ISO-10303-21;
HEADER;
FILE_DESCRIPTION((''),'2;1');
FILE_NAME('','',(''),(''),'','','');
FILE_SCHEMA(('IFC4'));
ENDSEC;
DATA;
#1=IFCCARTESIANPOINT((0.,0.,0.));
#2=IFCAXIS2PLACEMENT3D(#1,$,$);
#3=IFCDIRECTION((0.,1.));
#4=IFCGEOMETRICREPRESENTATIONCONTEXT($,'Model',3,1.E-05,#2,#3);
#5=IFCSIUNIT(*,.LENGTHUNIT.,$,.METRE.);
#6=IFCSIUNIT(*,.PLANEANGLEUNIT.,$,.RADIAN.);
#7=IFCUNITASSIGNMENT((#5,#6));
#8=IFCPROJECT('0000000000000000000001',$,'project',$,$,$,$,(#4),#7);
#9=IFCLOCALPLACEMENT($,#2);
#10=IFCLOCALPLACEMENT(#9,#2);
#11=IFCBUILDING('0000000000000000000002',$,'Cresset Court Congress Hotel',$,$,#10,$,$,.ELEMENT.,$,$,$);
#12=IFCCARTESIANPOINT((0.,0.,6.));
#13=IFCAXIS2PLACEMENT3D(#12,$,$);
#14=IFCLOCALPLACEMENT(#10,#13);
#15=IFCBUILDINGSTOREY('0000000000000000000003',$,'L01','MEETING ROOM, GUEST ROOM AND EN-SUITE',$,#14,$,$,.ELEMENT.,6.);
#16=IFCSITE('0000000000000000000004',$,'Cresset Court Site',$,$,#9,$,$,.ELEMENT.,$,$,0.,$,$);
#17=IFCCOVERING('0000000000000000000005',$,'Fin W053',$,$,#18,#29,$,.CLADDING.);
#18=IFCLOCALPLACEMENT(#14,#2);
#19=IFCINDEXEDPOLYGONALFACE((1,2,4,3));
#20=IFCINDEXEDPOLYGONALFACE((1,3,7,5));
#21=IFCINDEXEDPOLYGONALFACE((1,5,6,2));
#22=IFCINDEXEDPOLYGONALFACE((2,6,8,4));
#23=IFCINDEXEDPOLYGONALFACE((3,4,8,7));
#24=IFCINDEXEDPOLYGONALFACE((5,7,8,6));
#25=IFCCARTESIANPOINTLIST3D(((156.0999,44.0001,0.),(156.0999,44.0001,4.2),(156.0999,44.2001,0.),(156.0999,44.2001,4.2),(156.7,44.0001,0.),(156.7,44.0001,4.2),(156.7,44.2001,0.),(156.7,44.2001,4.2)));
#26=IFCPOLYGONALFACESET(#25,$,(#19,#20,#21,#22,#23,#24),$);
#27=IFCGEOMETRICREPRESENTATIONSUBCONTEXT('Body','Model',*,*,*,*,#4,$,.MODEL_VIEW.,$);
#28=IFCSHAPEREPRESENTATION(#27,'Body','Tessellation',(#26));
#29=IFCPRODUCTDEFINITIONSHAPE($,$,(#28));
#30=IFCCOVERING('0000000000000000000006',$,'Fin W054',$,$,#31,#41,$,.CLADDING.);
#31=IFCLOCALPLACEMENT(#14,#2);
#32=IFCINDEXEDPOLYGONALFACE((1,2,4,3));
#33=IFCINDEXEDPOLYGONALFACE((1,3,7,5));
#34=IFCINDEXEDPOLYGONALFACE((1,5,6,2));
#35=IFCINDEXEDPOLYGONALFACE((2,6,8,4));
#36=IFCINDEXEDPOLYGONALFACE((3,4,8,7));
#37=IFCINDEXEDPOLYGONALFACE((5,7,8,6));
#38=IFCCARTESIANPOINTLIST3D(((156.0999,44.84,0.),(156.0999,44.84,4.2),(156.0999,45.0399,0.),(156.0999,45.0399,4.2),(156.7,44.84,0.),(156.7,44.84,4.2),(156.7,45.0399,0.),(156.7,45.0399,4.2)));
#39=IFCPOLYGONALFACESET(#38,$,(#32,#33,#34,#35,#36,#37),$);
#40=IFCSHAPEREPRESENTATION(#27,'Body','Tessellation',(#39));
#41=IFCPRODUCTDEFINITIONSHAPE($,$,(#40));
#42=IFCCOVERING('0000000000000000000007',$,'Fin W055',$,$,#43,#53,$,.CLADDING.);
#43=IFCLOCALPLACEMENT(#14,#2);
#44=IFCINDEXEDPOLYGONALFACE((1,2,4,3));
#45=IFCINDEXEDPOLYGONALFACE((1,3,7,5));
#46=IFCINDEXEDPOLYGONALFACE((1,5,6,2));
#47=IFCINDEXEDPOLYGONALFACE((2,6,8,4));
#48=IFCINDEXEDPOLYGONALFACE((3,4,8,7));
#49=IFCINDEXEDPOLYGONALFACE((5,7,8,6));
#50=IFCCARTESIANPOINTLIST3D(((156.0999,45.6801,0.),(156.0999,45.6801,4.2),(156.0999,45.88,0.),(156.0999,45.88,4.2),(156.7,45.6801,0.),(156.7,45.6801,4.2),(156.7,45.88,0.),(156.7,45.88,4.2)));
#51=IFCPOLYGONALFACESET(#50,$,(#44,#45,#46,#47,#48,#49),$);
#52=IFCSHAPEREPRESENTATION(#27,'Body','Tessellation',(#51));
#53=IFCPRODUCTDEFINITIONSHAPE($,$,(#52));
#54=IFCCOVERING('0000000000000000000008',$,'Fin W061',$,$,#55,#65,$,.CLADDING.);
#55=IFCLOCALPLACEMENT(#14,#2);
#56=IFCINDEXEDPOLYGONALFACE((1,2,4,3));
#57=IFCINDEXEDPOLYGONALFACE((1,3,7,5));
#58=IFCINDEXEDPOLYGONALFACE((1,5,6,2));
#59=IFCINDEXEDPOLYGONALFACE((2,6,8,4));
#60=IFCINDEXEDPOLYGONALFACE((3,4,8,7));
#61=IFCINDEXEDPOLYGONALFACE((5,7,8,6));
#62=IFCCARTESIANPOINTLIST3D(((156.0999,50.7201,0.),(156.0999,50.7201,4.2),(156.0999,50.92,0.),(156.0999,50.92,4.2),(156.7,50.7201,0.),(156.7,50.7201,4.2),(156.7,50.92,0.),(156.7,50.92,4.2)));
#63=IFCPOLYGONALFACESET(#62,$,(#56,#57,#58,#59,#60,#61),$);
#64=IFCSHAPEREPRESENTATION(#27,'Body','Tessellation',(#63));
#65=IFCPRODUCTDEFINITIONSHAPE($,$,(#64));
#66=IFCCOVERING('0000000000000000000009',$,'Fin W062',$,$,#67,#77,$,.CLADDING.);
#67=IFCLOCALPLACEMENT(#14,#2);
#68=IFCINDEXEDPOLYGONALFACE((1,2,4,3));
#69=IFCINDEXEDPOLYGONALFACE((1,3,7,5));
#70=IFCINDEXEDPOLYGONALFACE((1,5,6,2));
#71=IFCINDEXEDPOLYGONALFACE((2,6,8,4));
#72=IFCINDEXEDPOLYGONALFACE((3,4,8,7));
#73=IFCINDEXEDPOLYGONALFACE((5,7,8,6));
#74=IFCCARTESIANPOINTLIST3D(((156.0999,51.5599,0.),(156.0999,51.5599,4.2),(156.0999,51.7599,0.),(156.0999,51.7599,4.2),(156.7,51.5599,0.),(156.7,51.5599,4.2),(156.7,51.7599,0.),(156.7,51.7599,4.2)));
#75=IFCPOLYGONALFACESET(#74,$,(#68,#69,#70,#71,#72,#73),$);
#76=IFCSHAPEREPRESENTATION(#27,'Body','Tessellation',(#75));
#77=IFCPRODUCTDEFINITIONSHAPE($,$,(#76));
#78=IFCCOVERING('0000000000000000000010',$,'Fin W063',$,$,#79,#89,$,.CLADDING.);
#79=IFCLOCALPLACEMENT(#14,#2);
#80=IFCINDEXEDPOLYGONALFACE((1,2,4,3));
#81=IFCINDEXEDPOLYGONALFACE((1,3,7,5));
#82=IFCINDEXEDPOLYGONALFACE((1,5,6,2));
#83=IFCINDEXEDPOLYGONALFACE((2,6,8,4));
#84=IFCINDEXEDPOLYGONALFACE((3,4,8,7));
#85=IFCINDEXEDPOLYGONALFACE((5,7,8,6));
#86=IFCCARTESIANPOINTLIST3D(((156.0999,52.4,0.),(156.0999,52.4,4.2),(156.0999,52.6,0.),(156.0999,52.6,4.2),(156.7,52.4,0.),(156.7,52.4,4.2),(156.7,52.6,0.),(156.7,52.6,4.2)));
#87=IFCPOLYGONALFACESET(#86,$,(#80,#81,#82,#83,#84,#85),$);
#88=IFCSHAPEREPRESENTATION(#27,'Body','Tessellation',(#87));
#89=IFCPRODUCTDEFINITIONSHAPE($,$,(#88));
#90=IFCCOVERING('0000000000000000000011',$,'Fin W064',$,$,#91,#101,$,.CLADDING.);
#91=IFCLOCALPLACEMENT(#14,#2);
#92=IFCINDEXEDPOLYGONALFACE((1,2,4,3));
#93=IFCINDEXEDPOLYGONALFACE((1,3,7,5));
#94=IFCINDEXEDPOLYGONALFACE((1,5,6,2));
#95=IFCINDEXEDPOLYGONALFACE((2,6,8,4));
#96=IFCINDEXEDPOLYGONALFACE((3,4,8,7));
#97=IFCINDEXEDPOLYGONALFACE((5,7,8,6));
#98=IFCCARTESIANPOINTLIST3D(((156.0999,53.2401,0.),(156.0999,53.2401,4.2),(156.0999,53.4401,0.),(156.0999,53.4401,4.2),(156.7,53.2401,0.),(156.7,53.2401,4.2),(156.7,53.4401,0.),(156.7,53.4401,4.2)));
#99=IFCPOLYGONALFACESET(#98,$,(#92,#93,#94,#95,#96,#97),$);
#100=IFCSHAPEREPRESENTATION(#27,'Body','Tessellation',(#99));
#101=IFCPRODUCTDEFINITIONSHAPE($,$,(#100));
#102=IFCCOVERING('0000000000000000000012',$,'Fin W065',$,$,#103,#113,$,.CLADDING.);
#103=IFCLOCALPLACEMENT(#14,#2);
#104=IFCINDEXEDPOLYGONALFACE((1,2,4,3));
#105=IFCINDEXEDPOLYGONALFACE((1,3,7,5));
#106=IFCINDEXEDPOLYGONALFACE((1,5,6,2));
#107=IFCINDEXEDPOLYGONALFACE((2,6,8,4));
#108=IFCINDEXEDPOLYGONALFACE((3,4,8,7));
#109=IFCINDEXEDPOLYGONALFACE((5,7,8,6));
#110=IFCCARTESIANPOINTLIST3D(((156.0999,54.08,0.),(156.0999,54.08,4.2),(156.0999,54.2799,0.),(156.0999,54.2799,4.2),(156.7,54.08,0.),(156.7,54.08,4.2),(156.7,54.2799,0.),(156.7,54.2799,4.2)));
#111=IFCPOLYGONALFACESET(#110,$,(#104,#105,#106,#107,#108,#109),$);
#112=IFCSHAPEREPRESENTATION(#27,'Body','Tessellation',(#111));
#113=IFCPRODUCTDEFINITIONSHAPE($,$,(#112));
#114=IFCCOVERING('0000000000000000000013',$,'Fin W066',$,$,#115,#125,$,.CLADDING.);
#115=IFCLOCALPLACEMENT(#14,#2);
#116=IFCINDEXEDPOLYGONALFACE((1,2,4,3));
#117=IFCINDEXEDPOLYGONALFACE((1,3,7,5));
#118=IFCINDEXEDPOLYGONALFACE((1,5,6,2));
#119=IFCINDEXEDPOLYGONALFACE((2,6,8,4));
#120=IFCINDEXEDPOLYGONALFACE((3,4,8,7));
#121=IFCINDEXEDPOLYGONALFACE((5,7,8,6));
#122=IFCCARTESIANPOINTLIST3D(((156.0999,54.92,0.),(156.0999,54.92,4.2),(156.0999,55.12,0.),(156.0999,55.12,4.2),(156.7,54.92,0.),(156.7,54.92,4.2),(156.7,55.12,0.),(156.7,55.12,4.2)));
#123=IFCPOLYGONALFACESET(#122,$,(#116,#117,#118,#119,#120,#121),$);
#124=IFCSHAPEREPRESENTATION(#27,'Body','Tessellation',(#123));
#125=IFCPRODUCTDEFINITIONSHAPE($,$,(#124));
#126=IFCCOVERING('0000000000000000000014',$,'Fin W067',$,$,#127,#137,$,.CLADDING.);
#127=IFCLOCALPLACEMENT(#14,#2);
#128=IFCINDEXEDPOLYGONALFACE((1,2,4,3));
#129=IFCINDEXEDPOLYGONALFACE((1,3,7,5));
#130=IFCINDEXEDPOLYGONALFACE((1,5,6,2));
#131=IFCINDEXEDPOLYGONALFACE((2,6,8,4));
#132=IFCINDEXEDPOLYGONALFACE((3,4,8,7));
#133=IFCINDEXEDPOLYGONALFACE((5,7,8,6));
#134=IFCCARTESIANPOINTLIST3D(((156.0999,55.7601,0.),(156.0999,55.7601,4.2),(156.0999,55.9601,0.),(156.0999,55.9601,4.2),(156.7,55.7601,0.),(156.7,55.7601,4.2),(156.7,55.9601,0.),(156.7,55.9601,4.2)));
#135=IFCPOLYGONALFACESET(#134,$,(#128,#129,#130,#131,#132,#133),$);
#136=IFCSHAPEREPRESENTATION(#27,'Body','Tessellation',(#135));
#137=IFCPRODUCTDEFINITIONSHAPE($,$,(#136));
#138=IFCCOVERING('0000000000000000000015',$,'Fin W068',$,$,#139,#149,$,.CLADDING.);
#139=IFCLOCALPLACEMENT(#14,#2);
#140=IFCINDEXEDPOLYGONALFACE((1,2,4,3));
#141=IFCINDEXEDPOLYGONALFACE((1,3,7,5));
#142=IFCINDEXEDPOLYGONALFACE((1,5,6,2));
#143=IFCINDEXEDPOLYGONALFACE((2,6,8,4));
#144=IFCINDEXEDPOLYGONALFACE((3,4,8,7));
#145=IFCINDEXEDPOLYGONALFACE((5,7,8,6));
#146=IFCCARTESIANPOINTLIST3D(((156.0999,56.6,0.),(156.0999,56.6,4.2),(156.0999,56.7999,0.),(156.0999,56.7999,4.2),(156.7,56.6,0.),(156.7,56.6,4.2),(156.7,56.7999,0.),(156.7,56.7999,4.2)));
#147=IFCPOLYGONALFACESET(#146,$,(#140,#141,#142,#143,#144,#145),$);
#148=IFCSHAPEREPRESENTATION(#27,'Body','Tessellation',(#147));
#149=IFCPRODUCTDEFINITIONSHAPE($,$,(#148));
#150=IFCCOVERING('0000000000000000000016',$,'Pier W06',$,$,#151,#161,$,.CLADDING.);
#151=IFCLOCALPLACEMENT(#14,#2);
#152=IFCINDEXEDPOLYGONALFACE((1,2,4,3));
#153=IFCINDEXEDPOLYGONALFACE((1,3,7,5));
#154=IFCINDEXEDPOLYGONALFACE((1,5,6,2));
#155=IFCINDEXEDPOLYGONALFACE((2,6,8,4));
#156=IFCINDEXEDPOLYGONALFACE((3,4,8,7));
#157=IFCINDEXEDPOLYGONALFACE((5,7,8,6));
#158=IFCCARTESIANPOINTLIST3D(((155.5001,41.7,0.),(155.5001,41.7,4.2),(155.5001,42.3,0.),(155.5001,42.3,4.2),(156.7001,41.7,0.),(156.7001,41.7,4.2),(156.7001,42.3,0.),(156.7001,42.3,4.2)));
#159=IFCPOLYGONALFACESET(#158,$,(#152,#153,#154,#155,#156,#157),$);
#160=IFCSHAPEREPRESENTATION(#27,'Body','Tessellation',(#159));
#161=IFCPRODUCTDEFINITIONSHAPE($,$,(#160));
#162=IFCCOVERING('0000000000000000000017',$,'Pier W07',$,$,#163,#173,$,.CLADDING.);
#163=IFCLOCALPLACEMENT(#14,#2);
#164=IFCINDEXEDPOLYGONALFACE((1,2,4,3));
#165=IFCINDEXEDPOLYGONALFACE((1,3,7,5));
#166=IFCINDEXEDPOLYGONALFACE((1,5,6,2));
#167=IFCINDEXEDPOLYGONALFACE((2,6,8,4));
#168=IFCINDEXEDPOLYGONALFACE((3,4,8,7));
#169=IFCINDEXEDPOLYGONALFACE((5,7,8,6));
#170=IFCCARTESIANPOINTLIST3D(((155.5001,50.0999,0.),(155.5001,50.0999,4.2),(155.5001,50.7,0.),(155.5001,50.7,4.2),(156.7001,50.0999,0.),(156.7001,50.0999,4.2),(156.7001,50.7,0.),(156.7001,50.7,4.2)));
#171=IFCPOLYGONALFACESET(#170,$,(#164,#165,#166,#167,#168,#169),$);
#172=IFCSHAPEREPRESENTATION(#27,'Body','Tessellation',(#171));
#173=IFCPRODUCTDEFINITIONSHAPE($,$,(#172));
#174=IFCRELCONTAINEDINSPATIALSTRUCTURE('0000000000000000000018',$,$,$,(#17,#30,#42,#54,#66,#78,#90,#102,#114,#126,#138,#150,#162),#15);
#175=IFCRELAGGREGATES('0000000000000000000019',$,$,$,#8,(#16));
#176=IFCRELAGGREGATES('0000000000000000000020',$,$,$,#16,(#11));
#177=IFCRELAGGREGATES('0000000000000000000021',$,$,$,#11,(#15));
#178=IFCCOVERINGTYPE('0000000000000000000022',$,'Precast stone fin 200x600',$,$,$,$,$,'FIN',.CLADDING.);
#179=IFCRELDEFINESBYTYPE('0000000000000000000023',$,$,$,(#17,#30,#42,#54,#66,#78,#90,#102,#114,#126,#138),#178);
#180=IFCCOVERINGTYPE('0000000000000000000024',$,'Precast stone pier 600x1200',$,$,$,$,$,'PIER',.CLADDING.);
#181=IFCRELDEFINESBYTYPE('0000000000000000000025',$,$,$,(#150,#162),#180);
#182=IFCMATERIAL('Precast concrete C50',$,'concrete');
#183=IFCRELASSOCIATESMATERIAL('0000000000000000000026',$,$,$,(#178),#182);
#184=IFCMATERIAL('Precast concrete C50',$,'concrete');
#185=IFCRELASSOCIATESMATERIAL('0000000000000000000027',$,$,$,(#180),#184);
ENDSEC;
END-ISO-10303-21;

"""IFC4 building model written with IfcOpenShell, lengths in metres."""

from ifc_helpers import new_model, si_unit, direction, frame, origin, origin_2d, place, context, subcontext, project, spatial, rectangle, extrude, material, type_object, element, save


model = new_model("IFC4")

# Units and contexts
model_context = context("Model", 3, precision=1e-05, world=origin(), true_north=direction((0.0, 1.0)))
body_context = subcontext(model_context, "Body", "Model", "MODEL_VIEW")
ifc_project = project(units=[si_unit("LENGTHUNIT", "METRE"), si_unit("PLANEANGLEUNIT", "RADIAN")], contexts=[model_context])

# Site, building, storey
site_placement = place(None, origin())
site = spatial("IfcSite", under=ifc_project, at=site_placement, Name="Cresset Court Site", CompositionType="ELEMENT", RefElevation=0.0)
building_placement = place(site_placement, origin())
building = spatial("IfcBuilding", under=site, at=building_placement, Name="Cresset Court Congress Hotel", CompositionType="ELEMENT")
storey_placement = place(building_placement, frame((0.0, 0.0, 6.0)))
storey = spatial("IfcBuildingStorey", under=building, at=storey_placement, Name="L01", Description="MEETING ROOM, GUEST ROOM AND EN-SUITE", CompositionType="ELEMENT", Elevation=6.0)

# Coverings
ifc_material_1 = material(Name="Precast concrete C50", Category="concrete")
covering_type_1 = type_object("IfcCoveringType", Name="Precast stone fin 200x600", ElementType="FIN", PredefinedType="CLADDING", material=ifc_material_1)
for number, where, z_axis, x_axis, name in (
    (1, (156.3999, 44.1001, 0.0), (0.0, 0.0, 1.0), (1.0, 0.0, 0.0), "Fin W053"),
    (2, (156.3999, 44.9399, 0.0), (0.0, 0.0, 1.0), (1.0, 0.0, 0.0), "Fin W054"),
    (3, (156.3999, 45.78, 0.0), (0.0, 0.0, 1.0), (1.0, 0.0, 0.0), "Fin W055"),
    (4, (156.3999, 50.8201, 0.0), (0.0, 0.0, 1.0), (1.0, 0.0, 0.0), "Fin W061"),
    (5, (156.3999, 51.6599, 0.0), (0.0, 0.0, 1.0), (1.0, 0.0, 0.0), "Fin W062"),
    (6, (156.3999, 52.5, 0.0), (0.0, 0.0, 1.0), (1.0, 0.0, 0.0), "Fin W063"),
    (7, (156.3999, 53.3401, 0.0), (0.0, 0.0, 1.0), (1.0, 0.0, 0.0), "Fin W064"),
    (8, (156.3999, 54.1799, 0.0), (0.0, 0.0, 1.0), (1.0, 0.0, 0.0), "Fin W065"),
    (9, (156.3999, 55.02, 0.0), (0.0, 0.0, 1.0), (1.0, 0.0, 0.0), "Fin W066"),
    (10, (156.3999, 55.8601, 0.0), (0.0, 0.0, 1.0), (1.0, 0.0, 0.0), "Fin W067"),
    (11, (156.3999, 56.7, 0.0), (0.0, 0.0, 1.0), (1.0, 0.0, 0.0), "Fin W068"),
):
    element("IfcCovering", number, at=place(storey_placement, frame(where, z_axis=z_axis, x_axis=x_axis)), inside=storey, type_object=covering_type_1, Name=name, PredefinedType="CLADDING", context=body_context, shape_type="SweptSolid", body=[
        extrude(rectangle(XDim=0.6001, YDim=0.2, at=origin_2d()), origin(), (0.0, 0.0, 1.0), 4.2),
    ])
ifc_material_2 = material(Name="Precast concrete C50", Category="concrete")
covering_type_2 = type_object("IfcCoveringType", Name="Precast stone pier 600x1200", ElementType="PIER", PredefinedType="CLADDING", material=ifc_material_2)
for number, where, z_axis, x_axis, name in (
    (12, (156.1001, 42.0, 0.0), (0.0, 0.0, 1.0), (1.0, 0.0, 0.0), "Pier W06"),
    (13, (156.1001, 50.3999, 0.0), (0.0, 0.0, 1.0), (1.0, 0.0, 0.0), "Pier W07"),
):
    element("IfcCovering", number, at=place(storey_placement, frame(where, z_axis=z_axis, x_axis=x_axis)), inside=storey, type_object=covering_type_2, Name=name, PredefinedType="CLADDING", context=body_context, shape_type="SweptSolid", body=[
        extrude(rectangle(XDim=1.2, YDim=0.6001, at=origin_2d()), origin(), (0.0, 0.0, 1.0), 4.2),
    ])

save(model, "model.ifc")
